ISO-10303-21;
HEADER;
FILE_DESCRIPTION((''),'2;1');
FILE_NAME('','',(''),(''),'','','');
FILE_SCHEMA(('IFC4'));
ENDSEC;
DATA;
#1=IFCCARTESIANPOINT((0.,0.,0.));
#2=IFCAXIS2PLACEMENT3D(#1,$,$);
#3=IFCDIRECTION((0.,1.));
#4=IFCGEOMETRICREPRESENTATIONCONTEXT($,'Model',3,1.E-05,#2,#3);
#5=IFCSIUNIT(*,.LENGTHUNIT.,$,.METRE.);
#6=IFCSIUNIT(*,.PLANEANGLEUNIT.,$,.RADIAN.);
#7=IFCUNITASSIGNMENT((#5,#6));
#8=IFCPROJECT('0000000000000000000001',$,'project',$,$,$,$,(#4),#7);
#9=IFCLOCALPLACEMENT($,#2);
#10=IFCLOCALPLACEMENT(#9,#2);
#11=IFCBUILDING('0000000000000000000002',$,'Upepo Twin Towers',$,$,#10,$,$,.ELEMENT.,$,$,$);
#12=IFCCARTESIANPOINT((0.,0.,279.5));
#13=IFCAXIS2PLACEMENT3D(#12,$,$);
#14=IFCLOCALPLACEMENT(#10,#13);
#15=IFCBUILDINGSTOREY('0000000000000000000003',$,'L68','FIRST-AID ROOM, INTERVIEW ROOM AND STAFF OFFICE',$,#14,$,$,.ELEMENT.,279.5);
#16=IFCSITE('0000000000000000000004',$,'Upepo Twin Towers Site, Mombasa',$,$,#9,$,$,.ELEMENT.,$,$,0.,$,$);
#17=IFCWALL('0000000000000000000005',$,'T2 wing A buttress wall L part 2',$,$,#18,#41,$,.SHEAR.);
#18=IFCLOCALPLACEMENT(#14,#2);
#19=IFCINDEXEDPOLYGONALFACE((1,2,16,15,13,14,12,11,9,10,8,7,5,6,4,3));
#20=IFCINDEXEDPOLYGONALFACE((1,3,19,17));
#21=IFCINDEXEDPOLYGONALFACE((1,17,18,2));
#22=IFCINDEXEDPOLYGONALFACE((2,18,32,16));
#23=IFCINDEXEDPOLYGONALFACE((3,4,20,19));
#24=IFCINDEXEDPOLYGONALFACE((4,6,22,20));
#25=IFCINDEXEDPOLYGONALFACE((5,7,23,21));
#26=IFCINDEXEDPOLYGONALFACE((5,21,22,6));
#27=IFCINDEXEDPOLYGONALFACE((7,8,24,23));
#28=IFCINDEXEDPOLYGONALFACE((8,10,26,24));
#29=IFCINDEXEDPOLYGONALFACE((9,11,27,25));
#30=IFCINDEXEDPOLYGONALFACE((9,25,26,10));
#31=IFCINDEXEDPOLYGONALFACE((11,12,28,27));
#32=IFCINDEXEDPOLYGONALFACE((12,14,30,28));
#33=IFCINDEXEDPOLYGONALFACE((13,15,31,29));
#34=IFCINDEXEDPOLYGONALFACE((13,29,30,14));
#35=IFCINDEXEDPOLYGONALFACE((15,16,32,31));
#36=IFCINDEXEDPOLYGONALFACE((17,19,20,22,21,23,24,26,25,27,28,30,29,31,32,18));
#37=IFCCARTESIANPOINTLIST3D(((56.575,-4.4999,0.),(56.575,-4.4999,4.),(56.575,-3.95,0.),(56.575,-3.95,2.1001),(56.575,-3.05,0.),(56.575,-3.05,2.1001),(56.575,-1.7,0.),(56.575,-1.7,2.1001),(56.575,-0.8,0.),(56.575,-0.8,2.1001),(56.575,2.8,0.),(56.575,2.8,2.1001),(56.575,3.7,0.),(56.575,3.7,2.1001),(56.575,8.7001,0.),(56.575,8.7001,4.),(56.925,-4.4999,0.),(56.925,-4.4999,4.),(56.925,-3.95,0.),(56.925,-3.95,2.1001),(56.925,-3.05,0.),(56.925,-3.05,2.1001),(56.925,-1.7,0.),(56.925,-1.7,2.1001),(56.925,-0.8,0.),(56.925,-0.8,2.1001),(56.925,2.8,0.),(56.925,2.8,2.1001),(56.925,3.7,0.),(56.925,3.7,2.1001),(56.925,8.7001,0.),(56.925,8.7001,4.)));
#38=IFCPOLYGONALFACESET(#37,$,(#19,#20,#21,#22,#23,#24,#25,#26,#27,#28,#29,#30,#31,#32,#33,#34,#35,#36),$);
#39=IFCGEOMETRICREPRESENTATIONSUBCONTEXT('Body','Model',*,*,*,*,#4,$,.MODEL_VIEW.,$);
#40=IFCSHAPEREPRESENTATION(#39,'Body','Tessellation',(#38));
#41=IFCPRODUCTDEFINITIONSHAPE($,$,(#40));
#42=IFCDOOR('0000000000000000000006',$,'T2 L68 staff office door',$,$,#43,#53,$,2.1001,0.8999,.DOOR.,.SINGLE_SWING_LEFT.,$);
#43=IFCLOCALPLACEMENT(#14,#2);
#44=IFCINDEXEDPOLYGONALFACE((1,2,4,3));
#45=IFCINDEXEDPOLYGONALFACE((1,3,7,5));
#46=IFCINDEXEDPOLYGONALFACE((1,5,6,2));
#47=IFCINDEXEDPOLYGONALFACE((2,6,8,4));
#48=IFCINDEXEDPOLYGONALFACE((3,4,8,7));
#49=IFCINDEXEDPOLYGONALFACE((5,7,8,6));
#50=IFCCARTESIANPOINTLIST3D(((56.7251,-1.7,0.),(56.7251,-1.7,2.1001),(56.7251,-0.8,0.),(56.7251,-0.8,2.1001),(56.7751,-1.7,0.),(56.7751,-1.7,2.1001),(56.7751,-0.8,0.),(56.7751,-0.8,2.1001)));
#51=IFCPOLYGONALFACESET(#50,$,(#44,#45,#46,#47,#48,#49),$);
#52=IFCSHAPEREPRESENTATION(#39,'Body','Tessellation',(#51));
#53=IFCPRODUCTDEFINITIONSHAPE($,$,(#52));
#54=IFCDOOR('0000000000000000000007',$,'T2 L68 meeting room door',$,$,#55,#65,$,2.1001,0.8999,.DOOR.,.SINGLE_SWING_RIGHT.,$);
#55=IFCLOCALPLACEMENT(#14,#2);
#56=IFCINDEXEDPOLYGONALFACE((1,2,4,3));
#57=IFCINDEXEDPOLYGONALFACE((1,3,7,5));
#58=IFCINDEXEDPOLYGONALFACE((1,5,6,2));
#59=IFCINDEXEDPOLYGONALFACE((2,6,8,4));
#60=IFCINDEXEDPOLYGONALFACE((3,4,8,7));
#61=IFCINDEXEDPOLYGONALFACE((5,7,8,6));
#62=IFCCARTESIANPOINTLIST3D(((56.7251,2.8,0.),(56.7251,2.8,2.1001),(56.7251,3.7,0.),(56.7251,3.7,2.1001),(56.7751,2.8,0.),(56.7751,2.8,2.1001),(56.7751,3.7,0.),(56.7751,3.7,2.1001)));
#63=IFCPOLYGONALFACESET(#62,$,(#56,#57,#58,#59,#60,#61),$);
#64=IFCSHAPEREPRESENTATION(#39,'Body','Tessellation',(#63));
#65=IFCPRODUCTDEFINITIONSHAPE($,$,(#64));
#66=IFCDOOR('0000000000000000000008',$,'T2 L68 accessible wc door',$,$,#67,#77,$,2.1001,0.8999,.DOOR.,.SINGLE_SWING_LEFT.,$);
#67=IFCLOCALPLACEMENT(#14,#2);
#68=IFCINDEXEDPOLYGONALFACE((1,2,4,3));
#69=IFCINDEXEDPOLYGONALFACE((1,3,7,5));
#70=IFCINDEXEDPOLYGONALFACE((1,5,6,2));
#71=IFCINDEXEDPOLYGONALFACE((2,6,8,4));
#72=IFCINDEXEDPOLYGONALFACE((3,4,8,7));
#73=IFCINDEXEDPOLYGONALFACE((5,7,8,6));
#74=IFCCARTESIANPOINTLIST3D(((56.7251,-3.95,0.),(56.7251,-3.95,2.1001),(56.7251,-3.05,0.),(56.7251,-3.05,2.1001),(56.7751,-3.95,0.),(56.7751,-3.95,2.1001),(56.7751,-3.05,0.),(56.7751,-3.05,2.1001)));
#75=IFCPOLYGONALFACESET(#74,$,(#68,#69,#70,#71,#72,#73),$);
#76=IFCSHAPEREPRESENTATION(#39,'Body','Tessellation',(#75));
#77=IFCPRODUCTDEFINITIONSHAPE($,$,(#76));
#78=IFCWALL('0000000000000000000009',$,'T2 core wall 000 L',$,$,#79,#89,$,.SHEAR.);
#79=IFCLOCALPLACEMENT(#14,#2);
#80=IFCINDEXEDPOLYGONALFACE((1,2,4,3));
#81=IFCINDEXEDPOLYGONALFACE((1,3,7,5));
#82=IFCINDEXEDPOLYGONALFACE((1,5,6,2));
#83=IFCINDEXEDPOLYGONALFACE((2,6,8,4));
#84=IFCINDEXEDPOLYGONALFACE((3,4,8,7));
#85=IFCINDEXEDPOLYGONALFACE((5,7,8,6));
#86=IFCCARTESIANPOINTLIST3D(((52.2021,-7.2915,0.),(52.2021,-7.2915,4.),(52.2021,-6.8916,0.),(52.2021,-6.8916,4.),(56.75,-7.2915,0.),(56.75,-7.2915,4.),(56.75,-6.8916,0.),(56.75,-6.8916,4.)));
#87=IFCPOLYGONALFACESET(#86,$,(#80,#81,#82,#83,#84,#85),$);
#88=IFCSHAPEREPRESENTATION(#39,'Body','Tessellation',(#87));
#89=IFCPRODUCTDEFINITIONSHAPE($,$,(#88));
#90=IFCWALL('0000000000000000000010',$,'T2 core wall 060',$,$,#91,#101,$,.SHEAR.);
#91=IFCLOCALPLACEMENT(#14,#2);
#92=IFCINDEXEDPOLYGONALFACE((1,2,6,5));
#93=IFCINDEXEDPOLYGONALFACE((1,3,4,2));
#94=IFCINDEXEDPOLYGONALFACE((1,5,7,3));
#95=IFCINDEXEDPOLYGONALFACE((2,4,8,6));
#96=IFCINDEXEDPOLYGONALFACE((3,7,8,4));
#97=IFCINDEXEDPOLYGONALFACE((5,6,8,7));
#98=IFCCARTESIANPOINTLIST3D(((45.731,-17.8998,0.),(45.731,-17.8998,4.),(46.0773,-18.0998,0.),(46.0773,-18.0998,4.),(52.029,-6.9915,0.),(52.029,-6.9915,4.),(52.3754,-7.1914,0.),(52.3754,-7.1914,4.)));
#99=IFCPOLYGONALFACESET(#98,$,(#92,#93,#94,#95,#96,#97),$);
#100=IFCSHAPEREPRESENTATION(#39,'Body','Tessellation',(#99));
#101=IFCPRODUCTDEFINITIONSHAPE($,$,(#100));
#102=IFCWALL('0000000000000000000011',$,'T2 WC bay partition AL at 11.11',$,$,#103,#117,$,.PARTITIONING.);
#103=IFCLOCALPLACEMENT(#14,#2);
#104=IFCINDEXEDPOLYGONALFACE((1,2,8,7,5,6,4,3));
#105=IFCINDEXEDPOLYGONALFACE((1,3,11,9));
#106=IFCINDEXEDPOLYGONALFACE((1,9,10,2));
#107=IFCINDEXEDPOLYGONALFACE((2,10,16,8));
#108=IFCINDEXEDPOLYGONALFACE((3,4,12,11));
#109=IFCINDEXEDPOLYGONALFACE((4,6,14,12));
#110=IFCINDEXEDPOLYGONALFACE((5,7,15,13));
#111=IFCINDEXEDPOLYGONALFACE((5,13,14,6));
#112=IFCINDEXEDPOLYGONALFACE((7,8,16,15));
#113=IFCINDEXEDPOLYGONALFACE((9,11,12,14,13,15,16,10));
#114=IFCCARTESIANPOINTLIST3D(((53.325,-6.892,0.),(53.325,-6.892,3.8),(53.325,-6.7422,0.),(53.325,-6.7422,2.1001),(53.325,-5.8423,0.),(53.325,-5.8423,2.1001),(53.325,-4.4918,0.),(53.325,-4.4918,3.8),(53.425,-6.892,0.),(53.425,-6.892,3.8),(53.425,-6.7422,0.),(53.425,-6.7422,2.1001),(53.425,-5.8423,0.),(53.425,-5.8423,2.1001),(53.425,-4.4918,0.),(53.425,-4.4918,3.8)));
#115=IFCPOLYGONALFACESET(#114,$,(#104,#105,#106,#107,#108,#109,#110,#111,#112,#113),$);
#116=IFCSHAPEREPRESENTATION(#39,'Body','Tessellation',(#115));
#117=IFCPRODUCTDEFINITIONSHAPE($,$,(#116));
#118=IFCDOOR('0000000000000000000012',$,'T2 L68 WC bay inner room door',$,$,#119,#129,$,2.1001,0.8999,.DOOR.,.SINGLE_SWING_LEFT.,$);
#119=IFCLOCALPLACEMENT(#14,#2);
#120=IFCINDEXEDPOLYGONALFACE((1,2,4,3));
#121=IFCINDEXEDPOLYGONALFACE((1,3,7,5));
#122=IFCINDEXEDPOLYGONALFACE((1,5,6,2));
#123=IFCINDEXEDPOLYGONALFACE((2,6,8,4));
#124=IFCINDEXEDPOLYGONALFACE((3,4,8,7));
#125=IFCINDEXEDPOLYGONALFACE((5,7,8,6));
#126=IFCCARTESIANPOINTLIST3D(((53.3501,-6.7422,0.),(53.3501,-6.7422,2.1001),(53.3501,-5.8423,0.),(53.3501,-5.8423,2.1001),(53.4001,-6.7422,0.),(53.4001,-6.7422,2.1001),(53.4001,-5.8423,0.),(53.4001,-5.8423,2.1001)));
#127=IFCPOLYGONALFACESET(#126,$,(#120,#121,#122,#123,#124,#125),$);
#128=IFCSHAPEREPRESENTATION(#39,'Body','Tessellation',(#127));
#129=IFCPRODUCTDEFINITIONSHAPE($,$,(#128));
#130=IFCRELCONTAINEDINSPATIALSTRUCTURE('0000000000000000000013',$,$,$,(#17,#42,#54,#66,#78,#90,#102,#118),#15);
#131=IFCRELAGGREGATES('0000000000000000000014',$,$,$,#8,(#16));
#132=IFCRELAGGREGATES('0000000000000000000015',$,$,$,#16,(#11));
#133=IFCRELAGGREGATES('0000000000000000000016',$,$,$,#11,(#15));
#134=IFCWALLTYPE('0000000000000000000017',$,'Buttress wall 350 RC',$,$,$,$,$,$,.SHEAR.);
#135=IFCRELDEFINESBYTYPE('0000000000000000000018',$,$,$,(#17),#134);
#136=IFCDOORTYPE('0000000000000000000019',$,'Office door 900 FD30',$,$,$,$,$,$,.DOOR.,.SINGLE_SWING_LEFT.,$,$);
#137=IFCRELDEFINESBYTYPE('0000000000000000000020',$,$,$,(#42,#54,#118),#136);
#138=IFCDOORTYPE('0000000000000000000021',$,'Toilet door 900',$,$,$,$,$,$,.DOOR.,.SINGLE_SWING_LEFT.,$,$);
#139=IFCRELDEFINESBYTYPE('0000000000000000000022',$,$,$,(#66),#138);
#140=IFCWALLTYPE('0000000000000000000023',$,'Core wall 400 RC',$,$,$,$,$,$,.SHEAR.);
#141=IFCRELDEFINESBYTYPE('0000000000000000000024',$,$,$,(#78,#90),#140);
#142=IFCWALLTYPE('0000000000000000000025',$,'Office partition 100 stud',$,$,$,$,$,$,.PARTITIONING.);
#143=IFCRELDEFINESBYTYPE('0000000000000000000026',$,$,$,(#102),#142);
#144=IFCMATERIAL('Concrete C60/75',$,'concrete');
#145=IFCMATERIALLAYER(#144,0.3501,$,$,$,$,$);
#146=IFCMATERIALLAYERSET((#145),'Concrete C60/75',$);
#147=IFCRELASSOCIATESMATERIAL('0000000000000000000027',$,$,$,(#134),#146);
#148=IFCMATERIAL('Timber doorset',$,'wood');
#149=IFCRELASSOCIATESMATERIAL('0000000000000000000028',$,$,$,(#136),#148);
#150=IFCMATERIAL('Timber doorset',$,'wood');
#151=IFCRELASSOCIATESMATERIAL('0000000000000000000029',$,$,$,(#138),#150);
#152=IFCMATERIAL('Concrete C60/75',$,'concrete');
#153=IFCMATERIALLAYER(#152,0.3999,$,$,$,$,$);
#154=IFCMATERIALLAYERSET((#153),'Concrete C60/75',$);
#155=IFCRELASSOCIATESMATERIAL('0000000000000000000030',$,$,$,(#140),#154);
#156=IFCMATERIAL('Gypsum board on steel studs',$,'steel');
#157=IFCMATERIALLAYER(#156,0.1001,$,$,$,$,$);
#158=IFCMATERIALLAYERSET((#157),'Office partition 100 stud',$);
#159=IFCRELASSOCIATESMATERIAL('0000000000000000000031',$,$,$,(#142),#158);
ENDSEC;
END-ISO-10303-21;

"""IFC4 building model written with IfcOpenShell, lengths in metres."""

from ifc_helpers import new_model, si_unit, direction, frame, frame_2d, origin, place, context, subcontext, project, spatial, rectangle, extrude, material, layer, layer_set, type_object, element, fill, save


model = new_model("IFC4")

# Units and contexts
model_context = context("Model", 3, precision=1e-05, world=origin(), true_north=direction((0.0, 1.0)))
body_context = subcontext(model_context, "Body", "Model", "MODEL_VIEW")
ifc_project = project(units=[si_unit("LENGTHUNIT", "METRE"), si_unit("PLANEANGLEUNIT", "RADIAN")], contexts=[model_context])

# Site, building, storey
site_placement = place(None, origin())
site = spatial("IfcSite", under=ifc_project, at=site_placement, Name="Upepo Twin Towers Site, Mombasa", CompositionType="ELEMENT", RefElevation=0.0)
building_placement = place(site_placement, origin())
building = spatial("IfcBuilding", under=site, at=building_placement, Name="Upepo Twin Towers", CompositionType="ELEMENT")
storey_placement = place(building_placement, frame((0.0, 0.0, 279.5)))
storey = spatial("IfcBuildingStorey", under=building, at=storey_placement, Name="L68", Description="FIRST-AID ROOM, INTERVIEW ROOM AND STAFF OFFICE", CompositionType="ELEMENT", Elevation=279.5)

# Shared definitions
ifc_material_1 = material(Name="Concrete C60/75", Category="concrete")
ifc_layer_1 = layer(ifc_material_1, 0.3501)
ifc_layer_set_1 = layer_set([ifc_layer_1], Name="Concrete C60/75")
wall_type_1 = type_object("IfcWallType", Name="Buttress wall 350 RC", PredefinedType="SHEAR", material=ifc_layer_set_1)

# Wall, openings, doors
wall_1_placement = place(storey_placement, frame((56.75, -4.5, 0.0), z_axis=(0.0, 0.0, 1.0), x_axis=(0.0, 1.0, 0.0)))
wall_1 = element("IfcWall", 1, at=wall_1_placement, inside=storey, type_object=wall_type_1, Name="T2 wing A buttress wall L part 2", PredefinedType="SHEAR", context=body_context, shape_type="SweptSolid", body=[
    extrude(rectangle(XDim=13.2, YDim=0.3501, at=frame_2d((6.6001, 0.0))), origin(), (0.0, 0.0, 1.0), 4.0),
])
opening_1_placement = place(wall_1_placement, frame((0.55, 0.0, 0.0)))
opening_1 = element("IfcOpeningElement", 2, at=opening_1_placement, cuts=wall_1, PredefinedType="OPENING", context=body_context, shape_type="SweptSolid", body=[
    extrude(rectangle(XDim=0.8999, YDim=2.1001, at=frame_2d((0.45, 1.05))), frame((0.0, 0.1851, 0.0), z_axis=(0.0, -1.0, 0.0), x_axis=(1.0, 0.0, 0.0)), (0.0, 0.0, 1.0), 0.3701),
])
opening_2_placement = place(wall_1_placement, frame((2.8, 0.0, 0.0)))
opening_2 = element("IfcOpeningElement", 3, at=opening_2_placement, cuts=wall_1, PredefinedType="OPENING", context=body_context, shape_type="SweptSolid", body=[
    extrude(rectangle(XDim=0.8999, YDim=2.1001, at=frame_2d((0.45, 1.05))), frame((0.0, 0.1851, 0.0), z_axis=(0.0, -1.0, 0.0), x_axis=(1.0, 0.0, 0.0)), (0.0, 0.0, 1.0), 0.3701),
])
opening_3_placement = place(wall_1_placement, frame((7.3, 0.0, 0.0)))
opening_3 = element("IfcOpeningElement", 4, at=opening_3_placement, cuts=wall_1, PredefinedType="OPENING", context=body_context, shape_type="SweptSolid", body=[
    extrude(rectangle(XDim=0.8999, YDim=2.1001, at=frame_2d((0.45, 1.05))), frame((0.0, 0.1851, 0.0), z_axis=(0.0, -1.0, 0.0), x_axis=(1.0, 0.0, 0.0)), (0.0, 0.0, 1.0), 0.3701),
])
ifc_material_2 = material(Name="Timber doorset", Category="wood")
door_type_1 = type_object("IfcDoorType", Name="Office door 900 FD30", OperationType="SINGLE_SWING_LEFT", PredefinedType="DOOR", material=ifc_material_2)
door_1_placement = place(opening_2_placement, origin())
door_1 = element("IfcDoor", 5, at=door_1_placement, inside=storey, type_object=door_type_1, Name="T2 L68 staff office door", OperationType="SINGLE_SWING_LEFT", OverallHeight=2.1001, OverallWidth=0.8999, PredefinedType="DOOR", context=body_context, shape_type="SweptSolid", body=[
    extrude(rectangle(XDim=0.8999, YDim=2.1001, at=frame_2d((0.45, 1.05))), frame((0.0, 0.0249, 0.0), z_axis=(0.0, -1.0, 0.0), x_axis=(1.0, 0.0, 0.0)), (0.0, 0.0, 1.0), 0.05),
])
fill(opening_2, door_1)
door_2_placement = place(opening_3_placement, origin())
door_2 = element("IfcDoor", 6, at=door_2_placement, inside=storey, type_object=door_type_1, Name="T2 L68 meeting room door", OperationType="SINGLE_SWING_RIGHT", OverallHeight=2.1001, OverallWidth=0.8999, PredefinedType="DOOR", context=body_context, shape_type="SweptSolid", body=[
    extrude(rectangle(XDim=0.8999, YDim=2.1001, at=frame_2d((0.45, 1.05))), frame((0.0, 0.0249, 0.0), z_axis=(0.0, -1.0, 0.0), x_axis=(1.0, 0.0, 0.0)), (0.0, 0.0, 1.0), 0.05),
])
fill(opening_3, door_2)
ifc_material_3 = material(Name="Timber doorset", Category="wood")
door_type_2 = type_object("IfcDoorType", Name="Toilet door 900", OperationType="SINGLE_SWING_LEFT", PredefinedType="DOOR", material=ifc_material_3)
door_3_placement = place(opening_1_placement, origin())
door_3 = element("IfcDoor", 7, at=door_3_placement, inside=storey, type_object=door_type_2, Name="T2 L68 accessible wc door", OperationType="SINGLE_SWING_LEFT", OverallHeight=2.1001, OverallWidth=0.8999, PredefinedType="DOOR", context=body_context, shape_type="SweptSolid", body=[
    extrude(rectangle(XDim=0.8999, YDim=2.1001, at=frame_2d((0.45, 1.05))), frame((0.0, 0.0249, 0.0), z_axis=(0.0, -1.0, 0.0), x_axis=(1.0, 0.0, 0.0)), (0.0, 0.0, 1.0), 0.05),
])
fill(opening_1, door_3)

# Walls
ifc_material_4 = material(Name="Concrete C60/75", Category="concrete")
ifc_layer_2 = layer(ifc_material_4, 0.3999)
ifc_layer_set_2 = layer_set([ifc_layer_2], Name="Concrete C60/75")
wall_type_2 = type_object("IfcWallType", Name="Core wall 400 RC", PredefinedType="SHEAR", material=ifc_layer_set_2)
wall_2_placement = place(storey_placement, frame((56.75, -7.0916, 0.0), z_axis=(0.0, 0.0, 1.0), x_axis=(-1.0, 0.0, 0.0)))
element("IfcWall", 8, at=wall_2_placement, inside=storey, type_object=wall_type_2, Name="T2 core wall 000 L", PredefinedType="SHEAR", context=body_context, shape_type="SweptSolid", body=[
    extrude(rectangle(XDim=4.5479, YDim=0.3999, at=frame_2d((2.2739, 0.0))), origin(), (0.0, 0.0, 1.0), 4.0),
])
wall_3_placement = place(storey_placement, frame((52.2021, -7.0916, 0.0), z_axis=(0.0, 0.0, 1.0), x_axis=(-0.500006, -0.866022, 0.0)))
element("IfcWall", 9, at=wall_3_placement, inside=storey, type_object=wall_type_2, Name="T2 core wall 060", PredefinedType="SHEAR", context=body_context, shape_type="SweptSolid", body=[
    extrude(rectangle(XDim=12.5959, YDim=0.3999, at=frame_2d((6.2979, 0.0))), origin(), (0.0, 0.0, 1.0), 4.0),
])

# Wall, opening, door
ifc_material_5 = material(Name="Gypsum board on steel studs", Category="steel")
ifc_layer_3 = layer(ifc_material_5, 0.1001)
ifc_layer_set_3 = layer_set([ifc_layer_3], Name="Office partition 100 stud")
wall_type_3 = type_object("IfcWallType", Name="Office partition 100 stud", PredefinedType="PARTITIONING", material=ifc_layer_set_3)
wall_4_placement = place(storey_placement, frame((53.375, -6.8921, 0.0), z_axis=(0.0, 0.0, 1.0), x_axis=(0.0, 1.0, 0.0)))
wall_4 = element("IfcWall", 10, at=wall_4_placement, inside=storey, type_object=wall_type_3, Name="T2 WC bay partition AL at 11.11", PredefinedType="PARTITIONING", context=body_context, shape_type="SweptSolid", body=[
    extrude(rectangle(XDim=2.4001, YDim=0.1001, at=frame_2d((1.2002, 0.0))), origin(), (0.0, 0.0, 1.0), 3.8),
])
opening_4_placement = place(wall_4_placement, frame((0.1499, 0.0, 0.0)))
opening_4 = element("IfcOpeningElement", 11, at=opening_4_placement, cuts=wall_4, PredefinedType="OPENING", context=body_context, shape_type="SweptSolid", body=[
    extrude(rectangle(XDim=0.8999, YDim=2.1001, at=frame_2d((0.45, 1.05))), frame((0.0, 0.0601, 0.0), z_axis=(0.0, -1.0, 0.0), x_axis=(1.0, 0.0, 0.0)), (0.0, 0.0, 1.0), 0.1201),
])
door_4_placement = place(opening_4_placement, origin())
door_4 = element("IfcDoor", 12, at=door_4_placement, inside=storey, type_object=door_type_1, Name="T2 L68 WC bay inner room door", OperationType="SINGLE_SWING_LEFT", OverallHeight=2.1001, OverallWidth=0.8999, PredefinedType="DOOR", context=body_context, shape_type="SweptSolid", body=[
    extrude(rectangle(XDim=0.8999, YDim=2.1001, at=frame_2d((0.45, 1.05))), frame((0.0, 0.0249, 0.0), z_axis=(0.0, -1.0, 0.0), x_axis=(1.0, 0.0, 0.0)), (0.0, 0.0, 1.0), 0.05),
])
fill(opening_4, door_4)

save(model, "model.ifc")
